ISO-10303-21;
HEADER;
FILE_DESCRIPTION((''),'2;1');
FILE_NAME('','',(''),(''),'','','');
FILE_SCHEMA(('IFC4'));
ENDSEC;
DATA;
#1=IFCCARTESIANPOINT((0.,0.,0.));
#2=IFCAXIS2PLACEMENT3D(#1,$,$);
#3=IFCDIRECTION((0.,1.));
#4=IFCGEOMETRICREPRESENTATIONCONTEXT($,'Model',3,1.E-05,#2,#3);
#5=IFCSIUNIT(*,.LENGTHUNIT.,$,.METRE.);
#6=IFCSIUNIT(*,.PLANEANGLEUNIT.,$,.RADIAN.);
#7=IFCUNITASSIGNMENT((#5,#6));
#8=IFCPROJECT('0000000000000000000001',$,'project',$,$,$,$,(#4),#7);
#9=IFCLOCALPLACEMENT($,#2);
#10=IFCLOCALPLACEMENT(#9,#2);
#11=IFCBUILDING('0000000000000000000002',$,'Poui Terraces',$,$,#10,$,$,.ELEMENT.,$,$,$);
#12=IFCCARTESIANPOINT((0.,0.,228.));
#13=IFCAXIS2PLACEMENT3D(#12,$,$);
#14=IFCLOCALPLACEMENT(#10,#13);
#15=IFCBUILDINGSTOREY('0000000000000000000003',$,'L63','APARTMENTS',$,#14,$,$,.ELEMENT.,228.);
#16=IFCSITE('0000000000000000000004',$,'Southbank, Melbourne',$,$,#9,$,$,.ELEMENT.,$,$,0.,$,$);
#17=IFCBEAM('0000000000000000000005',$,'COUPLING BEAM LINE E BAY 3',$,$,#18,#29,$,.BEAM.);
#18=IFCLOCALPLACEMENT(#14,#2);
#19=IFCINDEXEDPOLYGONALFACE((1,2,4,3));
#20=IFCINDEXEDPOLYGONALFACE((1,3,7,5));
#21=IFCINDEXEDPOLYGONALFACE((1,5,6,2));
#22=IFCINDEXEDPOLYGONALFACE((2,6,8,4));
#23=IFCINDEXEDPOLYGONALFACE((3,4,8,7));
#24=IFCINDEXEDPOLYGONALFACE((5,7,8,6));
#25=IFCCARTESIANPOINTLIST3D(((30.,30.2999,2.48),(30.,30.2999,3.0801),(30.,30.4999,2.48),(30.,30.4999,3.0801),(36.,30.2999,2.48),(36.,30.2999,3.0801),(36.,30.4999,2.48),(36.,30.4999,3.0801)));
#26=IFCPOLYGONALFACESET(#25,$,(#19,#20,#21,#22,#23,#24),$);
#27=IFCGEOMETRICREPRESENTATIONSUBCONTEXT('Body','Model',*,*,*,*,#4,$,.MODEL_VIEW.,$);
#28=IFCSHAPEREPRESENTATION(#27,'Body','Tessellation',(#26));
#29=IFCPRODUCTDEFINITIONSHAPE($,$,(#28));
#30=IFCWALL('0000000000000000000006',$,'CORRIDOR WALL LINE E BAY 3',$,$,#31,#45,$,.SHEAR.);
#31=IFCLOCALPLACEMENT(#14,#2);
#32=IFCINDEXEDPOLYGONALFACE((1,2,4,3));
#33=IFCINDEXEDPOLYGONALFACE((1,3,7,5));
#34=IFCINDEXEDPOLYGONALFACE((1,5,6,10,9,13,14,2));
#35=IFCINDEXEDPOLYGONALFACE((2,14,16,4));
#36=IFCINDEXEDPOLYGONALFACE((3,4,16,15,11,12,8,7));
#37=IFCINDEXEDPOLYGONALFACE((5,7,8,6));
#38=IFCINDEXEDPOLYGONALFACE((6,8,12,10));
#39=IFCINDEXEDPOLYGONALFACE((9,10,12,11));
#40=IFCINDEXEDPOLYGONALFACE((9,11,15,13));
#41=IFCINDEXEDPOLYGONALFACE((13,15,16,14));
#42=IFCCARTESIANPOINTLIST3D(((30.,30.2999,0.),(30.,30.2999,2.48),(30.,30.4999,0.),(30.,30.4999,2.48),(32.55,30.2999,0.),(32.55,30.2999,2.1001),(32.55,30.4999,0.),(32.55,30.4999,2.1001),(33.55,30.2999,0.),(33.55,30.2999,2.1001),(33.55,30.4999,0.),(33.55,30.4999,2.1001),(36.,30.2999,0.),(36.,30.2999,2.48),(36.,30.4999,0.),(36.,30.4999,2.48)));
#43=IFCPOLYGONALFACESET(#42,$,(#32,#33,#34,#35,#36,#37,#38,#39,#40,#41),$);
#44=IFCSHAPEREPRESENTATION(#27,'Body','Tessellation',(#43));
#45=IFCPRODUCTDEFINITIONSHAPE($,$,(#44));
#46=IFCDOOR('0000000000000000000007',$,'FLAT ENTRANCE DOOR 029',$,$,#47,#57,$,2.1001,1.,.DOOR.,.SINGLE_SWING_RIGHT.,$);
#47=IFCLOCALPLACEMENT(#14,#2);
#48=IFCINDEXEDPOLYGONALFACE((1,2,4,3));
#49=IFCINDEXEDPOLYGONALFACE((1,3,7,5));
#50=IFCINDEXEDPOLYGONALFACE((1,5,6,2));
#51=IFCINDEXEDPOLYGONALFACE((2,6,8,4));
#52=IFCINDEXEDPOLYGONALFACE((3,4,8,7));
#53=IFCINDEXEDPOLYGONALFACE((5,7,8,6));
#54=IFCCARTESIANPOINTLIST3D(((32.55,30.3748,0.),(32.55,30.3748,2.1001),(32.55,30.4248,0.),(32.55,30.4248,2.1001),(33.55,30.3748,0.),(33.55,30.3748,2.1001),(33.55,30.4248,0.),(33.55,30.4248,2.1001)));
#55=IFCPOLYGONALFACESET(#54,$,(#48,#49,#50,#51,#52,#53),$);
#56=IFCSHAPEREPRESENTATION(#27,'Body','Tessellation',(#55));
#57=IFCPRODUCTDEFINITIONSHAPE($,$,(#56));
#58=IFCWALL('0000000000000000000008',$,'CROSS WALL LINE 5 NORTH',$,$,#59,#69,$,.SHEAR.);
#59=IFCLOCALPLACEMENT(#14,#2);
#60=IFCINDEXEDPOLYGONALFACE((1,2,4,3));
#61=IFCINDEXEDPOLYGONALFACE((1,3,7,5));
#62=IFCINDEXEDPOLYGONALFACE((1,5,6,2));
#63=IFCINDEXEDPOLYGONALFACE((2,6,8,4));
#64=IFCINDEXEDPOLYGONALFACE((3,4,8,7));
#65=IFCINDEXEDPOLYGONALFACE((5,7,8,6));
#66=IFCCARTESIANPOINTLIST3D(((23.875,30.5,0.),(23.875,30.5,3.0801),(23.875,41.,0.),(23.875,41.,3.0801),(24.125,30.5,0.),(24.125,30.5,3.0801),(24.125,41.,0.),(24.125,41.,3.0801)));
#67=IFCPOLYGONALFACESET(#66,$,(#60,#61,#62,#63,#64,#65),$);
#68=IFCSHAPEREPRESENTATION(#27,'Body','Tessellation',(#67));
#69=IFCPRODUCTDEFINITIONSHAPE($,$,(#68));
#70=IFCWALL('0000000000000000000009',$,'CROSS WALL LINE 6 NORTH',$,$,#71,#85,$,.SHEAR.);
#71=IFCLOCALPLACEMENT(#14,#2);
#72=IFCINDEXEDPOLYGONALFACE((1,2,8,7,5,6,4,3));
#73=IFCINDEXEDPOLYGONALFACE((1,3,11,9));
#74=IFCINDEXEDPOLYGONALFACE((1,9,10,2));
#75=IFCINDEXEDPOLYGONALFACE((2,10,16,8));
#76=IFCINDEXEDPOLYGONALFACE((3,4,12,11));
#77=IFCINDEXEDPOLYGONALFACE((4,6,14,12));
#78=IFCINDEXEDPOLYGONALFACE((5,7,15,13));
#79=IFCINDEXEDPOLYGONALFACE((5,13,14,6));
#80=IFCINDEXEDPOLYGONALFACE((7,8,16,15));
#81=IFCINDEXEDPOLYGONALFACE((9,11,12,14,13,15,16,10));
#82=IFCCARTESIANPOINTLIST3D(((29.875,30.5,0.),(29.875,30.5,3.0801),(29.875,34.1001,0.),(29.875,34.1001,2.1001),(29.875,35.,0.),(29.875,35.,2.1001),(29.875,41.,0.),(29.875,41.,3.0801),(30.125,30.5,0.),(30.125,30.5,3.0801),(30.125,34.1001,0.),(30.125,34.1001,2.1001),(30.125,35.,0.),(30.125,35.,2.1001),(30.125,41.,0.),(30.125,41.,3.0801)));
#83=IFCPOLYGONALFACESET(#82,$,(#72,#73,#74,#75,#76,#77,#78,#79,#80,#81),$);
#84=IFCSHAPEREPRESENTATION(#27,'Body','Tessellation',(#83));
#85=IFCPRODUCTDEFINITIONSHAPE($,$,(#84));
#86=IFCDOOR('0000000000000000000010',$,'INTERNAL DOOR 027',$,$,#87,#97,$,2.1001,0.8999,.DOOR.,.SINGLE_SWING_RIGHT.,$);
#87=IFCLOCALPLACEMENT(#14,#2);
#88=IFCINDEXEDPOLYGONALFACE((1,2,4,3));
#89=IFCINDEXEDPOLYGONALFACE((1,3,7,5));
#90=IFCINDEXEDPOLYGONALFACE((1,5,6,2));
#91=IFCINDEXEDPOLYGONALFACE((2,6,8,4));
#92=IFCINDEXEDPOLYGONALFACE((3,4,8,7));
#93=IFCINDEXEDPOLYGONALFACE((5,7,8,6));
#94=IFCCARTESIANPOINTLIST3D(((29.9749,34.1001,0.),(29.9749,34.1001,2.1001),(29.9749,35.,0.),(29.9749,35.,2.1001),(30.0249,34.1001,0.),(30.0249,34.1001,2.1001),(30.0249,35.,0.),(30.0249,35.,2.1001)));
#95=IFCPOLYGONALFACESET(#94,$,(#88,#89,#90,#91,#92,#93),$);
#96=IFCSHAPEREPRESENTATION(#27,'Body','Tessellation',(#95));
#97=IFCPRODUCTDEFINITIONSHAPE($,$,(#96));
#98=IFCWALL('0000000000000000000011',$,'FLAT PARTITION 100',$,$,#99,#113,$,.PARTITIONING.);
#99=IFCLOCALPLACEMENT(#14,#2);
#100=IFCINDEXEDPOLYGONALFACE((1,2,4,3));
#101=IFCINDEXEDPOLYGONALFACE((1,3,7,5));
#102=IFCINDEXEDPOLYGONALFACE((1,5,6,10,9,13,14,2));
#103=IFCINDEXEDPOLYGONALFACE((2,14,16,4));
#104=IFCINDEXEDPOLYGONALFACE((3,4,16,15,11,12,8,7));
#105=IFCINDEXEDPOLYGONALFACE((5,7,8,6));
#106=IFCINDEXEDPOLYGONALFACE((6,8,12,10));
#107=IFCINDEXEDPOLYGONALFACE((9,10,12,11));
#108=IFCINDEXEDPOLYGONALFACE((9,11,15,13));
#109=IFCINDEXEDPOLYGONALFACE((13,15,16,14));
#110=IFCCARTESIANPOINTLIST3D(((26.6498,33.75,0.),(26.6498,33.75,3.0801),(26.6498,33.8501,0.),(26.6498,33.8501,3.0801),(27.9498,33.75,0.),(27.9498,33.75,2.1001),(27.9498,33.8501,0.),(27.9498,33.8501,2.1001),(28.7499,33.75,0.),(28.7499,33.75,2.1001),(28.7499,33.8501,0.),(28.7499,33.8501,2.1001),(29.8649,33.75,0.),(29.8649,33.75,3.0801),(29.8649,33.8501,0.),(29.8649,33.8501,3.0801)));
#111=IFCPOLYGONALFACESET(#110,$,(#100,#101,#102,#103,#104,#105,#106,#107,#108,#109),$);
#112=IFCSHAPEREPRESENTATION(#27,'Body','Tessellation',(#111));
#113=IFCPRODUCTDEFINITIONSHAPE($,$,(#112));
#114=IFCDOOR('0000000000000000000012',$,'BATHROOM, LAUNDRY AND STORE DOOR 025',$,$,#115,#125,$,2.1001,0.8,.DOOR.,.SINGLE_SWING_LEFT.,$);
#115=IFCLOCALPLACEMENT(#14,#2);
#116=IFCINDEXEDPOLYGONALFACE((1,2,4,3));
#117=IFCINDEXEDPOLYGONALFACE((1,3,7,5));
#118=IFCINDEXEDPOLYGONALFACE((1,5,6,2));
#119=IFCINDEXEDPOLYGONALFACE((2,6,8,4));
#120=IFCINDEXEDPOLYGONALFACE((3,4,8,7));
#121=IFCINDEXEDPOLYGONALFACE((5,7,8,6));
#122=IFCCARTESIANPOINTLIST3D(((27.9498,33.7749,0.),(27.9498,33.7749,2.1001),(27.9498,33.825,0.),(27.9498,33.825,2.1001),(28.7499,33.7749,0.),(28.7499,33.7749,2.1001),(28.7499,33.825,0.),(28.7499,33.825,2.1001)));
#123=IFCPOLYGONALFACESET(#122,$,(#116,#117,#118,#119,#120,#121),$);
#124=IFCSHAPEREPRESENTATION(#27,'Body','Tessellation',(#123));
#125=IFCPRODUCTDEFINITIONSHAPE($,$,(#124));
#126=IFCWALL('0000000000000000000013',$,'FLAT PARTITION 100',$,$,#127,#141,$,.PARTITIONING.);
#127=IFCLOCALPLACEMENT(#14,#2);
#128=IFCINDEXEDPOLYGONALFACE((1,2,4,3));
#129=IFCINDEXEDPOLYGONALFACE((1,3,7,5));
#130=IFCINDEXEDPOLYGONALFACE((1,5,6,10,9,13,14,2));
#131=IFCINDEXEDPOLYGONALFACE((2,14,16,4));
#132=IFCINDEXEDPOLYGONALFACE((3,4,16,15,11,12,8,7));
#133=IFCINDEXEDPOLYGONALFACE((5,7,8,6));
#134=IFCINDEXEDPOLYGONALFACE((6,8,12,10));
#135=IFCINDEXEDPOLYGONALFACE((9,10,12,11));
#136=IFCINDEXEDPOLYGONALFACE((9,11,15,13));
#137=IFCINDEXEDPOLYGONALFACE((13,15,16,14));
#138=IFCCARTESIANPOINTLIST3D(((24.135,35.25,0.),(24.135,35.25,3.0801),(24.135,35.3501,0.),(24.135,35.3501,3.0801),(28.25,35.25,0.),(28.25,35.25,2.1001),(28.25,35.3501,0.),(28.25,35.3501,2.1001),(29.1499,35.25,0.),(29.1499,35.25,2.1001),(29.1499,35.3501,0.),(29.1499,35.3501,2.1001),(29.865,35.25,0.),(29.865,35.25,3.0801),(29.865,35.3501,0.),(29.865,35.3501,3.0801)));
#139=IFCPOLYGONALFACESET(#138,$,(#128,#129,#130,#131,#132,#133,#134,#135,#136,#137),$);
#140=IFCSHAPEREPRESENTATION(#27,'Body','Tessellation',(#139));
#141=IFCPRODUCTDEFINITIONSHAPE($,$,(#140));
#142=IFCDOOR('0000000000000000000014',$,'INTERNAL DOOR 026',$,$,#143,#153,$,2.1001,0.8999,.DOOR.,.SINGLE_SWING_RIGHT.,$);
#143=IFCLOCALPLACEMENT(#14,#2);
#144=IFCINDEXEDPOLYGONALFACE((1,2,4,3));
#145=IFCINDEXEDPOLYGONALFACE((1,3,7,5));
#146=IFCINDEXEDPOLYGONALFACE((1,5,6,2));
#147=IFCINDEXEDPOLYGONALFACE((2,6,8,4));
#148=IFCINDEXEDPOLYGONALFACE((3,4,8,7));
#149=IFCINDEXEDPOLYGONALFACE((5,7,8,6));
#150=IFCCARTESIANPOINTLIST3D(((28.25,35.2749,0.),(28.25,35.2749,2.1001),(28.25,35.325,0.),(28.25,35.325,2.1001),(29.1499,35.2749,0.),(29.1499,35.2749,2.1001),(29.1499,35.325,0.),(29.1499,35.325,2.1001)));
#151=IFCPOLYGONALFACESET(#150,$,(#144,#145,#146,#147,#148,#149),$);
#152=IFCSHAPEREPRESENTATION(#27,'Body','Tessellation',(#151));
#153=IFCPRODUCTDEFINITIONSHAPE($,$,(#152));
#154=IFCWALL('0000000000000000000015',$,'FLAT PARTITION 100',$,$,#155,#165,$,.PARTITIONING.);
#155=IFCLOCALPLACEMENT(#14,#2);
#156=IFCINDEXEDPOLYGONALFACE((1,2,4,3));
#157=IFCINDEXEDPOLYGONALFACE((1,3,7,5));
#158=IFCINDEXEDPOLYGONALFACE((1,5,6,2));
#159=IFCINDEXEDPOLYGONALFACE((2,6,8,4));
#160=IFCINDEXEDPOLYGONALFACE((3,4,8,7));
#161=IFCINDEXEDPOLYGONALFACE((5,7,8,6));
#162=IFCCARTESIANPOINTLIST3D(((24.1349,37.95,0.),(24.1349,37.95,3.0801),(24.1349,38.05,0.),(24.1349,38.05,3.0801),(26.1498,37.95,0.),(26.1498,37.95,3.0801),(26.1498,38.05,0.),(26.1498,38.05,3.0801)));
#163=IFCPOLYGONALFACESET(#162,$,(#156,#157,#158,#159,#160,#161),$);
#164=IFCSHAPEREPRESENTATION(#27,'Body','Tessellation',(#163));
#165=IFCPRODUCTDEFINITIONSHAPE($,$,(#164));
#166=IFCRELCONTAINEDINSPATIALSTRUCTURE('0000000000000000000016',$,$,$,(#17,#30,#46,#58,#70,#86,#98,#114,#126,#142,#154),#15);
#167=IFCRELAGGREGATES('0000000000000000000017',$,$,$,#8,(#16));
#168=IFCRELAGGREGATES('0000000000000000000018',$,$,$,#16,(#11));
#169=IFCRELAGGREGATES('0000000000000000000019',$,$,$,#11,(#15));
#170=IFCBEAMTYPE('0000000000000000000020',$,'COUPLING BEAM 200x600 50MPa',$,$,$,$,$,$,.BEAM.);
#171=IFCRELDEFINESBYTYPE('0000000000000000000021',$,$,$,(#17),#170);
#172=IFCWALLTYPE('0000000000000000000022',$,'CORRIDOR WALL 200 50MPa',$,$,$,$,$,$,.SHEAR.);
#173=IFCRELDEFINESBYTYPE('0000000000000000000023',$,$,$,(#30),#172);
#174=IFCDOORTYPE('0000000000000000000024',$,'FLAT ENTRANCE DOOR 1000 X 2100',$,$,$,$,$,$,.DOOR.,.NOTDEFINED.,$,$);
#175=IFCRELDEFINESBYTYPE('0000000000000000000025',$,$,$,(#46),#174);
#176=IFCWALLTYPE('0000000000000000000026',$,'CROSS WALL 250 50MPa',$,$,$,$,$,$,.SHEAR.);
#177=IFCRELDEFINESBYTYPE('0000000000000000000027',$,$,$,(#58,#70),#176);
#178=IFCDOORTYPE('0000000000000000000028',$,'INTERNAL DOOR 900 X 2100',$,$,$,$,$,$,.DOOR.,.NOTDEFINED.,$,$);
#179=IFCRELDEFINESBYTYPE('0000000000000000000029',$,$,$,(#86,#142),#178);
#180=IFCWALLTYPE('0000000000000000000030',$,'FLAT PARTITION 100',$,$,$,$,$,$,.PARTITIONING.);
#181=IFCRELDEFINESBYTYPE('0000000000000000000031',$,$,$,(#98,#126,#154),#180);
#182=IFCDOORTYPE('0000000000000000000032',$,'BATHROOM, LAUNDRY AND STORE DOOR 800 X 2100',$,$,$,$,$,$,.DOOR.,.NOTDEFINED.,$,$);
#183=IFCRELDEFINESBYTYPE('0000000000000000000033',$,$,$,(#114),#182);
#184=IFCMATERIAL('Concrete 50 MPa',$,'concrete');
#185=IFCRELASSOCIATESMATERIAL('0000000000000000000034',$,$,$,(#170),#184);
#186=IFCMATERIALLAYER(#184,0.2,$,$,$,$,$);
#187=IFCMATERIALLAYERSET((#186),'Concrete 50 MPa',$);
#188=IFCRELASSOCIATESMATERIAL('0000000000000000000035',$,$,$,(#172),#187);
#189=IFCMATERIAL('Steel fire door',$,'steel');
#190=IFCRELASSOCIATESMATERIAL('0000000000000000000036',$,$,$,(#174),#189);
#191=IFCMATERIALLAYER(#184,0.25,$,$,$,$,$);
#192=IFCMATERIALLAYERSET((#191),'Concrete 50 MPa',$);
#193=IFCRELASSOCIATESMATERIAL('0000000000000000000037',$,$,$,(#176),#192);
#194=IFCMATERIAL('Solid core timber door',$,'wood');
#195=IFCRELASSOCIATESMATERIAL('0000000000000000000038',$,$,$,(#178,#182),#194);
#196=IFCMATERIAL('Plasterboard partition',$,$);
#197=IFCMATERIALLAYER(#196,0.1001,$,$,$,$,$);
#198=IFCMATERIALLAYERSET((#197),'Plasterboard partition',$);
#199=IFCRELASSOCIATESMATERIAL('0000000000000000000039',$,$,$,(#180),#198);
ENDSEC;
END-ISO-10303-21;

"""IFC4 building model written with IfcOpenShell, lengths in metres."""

from ifc_helpers import new_model, si_unit, direction, frame, frame_2d, origin, origin_2d, place, context, subcontext, project, spatial, rectangle, extrude, source, transform, mapped, material, layer, layer_set, material_profile, profile_set, type_object, element, fill, save


model = new_model("IFC4")

# Units and contexts
model_context = context("Model", 3, precision=1e-05, world=origin(), true_north=direction((0.0, 1.0)))
body_context = subcontext(model_context, "Body", "Model", "MODEL_VIEW")
ifc_project = project(units=[si_unit("LENGTHUNIT", "METRE"), si_unit("PLANEANGLEUNIT", "RADIAN")], contexts=[model_context])

# Site, building, storey
site_placement = place(None, origin())
site = spatial("IfcSite", under=ifc_project, at=site_placement, Name="Southbank, Melbourne", CompositionType="ELEMENT", RefElevation=0.0)
building_placement = place(site_placement, origin())
building = spatial("IfcBuilding", under=site, at=building_placement, Name="Poui Terraces", CompositionType="ELEMENT")
storey_placement = place(building_placement, frame((0.0, 0.0, 228.0)))
storey = spatial("IfcBuildingStorey", under=building, at=storey_placement, Name="L63", Description="APARTMENTS", CompositionType="ELEMENT", Elevation=228.0)

# Beam
ifc_material_1 = material(Name="Concrete 50 MPa", Category="concrete")
ifc_material_profile = material_profile(ifc_material_1, rectangle(XDim=0.2, YDim=0.6001, at=origin_2d()), Name="RC 200x600")
ifc_profile_set = profile_set([ifc_material_profile], Name="Concrete 50 MPa")
beam_type = type_object("IfcBeamType", Name="COUPLING BEAM 200x600 50MPa", PredefinedType="BEAM", material=ifc_profile_set)
shared_shape_1 = source(origin(), body_context, "Body", "SweptSolid", [
    extrude(rectangle(XDim=0.2, YDim=0.6001, at=origin_2d()), origin(), (0.0, 0.0, 1.0), 6.0),
])
beam_placement = place(storey_placement, frame((30.0, 30.3999, 2.78), z_axis=(1.0, 0.0, 0.0), x_axis=(0.0, 1.0, 0.0)))
element("IfcBeam", 1, at=beam_placement, inside=storey, type_object=beam_type, Name="COUPLING BEAM LINE E BAY 3", PredefinedType="BEAM", context=body_context, shape_type="MappedRepresentation", body=[
    mapped(shared_shape_1, transform((0.0, 0.0, 0.0))),
])

# Wall, opening, door
ifc_layer_1 = layer(ifc_material_1, 0.2)
ifc_layer_set_1 = layer_set([ifc_layer_1], Name="Concrete 50 MPa")
wall_type_1 = type_object("IfcWallType", Name="CORRIDOR WALL 200 50MPa", PredefinedType="SHEAR", material=ifc_layer_set_1)
wall_1_placement = place(storey_placement, frame((30.0, 30.3999, 0.0), z_axis=(0.0, 0.0, 1.0), x_axis=(1.0, 0.0, 0.0)))
wall_1 = element("IfcWall", 2, at=wall_1_placement, inside=storey, type_object=wall_type_1, Name="CORRIDOR WALL LINE E BAY 3", PredefinedType="SHEAR", context=body_context, shape_type="SweptSolid", body=[
    extrude(rectangle(XDim=6.0, YDim=0.2, at=frame_2d((3.0, 0.0))), origin(), (0.0, 0.0, 1.0), 2.48),
])
opening_1_placement = place(wall_1_placement, frame((2.55, 0.0, 0.0)))
opening_1 = element("IfcOpeningElement", 3, at=opening_1_placement, cuts=wall_1, PredefinedType="OPENING", context=body_context, shape_type="SweptSolid", body=[
    extrude(rectangle(XDim=1.0, YDim=2.1001, at=frame_2d((0.5, 1.05))), frame((0.0, 0.1099, 0.0), z_axis=(0.0, -1.0, 0.0), x_axis=(1.0, 0.0, 0.0)), (0.0, 0.0, 1.0), 0.22),
])
ifc_material_2 = material(Name="Steel fire door", Category="steel")
door_type_1 = type_object("IfcDoorType", Name="FLAT ENTRANCE DOOR 1000 X 2100", OperationType="NOTDEFINED", PredefinedType="DOOR", material=ifc_material_2)
door_1_placement = place(opening_1_placement, origin())
door_1 = element("IfcDoor", 4, at=door_1_placement, inside=storey, type_object=door_type_1, Name="FLAT ENTRANCE DOOR 029", OperationType="SINGLE_SWING_RIGHT", OverallHeight=2.1001, OverallWidth=1.0, PredefinedType="DOOR", context=body_context, shape_type="SweptSolid", body=[
    extrude(rectangle(XDim=1.0, YDim=2.1001, at=frame_2d((0.5, 1.05))), frame((0.0, 0.0249, 0.0), z_axis=(0.0, -1.0, 0.0), x_axis=(1.0, 0.0, 0.0)), (0.0, 0.0, 1.0), 0.05),
])
fill(opening_1, door_1)

# Wall
ifc_layer_2 = layer(ifc_material_1, 0.25)
ifc_layer_set_2 = layer_set([ifc_layer_2], Name="Concrete 50 MPa")
wall_type_2 = type_object("IfcWallType", Name="CROSS WALL 250 50MPa", PredefinedType="SHEAR", material=ifc_layer_set_2)
wall_2_placement = place(storey_placement, frame((24.0, 30.5, 0.0), z_axis=(0.0, 0.0, 1.0), x_axis=(0.0, 1.0, 0.0)))
element("IfcWall", 5, at=wall_2_placement, inside=storey, type_object=wall_type_2, Name="CROSS WALL LINE 5 NORTH", PredefinedType="SHEAR", context=body_context, shape_type="SweptSolid", body=[
    extrude(rectangle(XDim=10.5, YDim=0.25, at=frame_2d((5.25, 0.0))), origin(), (0.0, 0.0, 1.0), 3.0801),
])

# Walls, openings, doors
wall_3_placement = place(storey_placement, frame((30.0, 30.5, 0.0), z_axis=(0.0, 0.0, 1.0), x_axis=(0.0, 1.0, 0.0)))
wall_3 = element("IfcWall", 6, at=wall_3_placement, inside=storey, type_object=wall_type_2, Name="CROSS WALL LINE 6 NORTH", PredefinedType="SHEAR", context=body_context, shape_type="SweptSolid", body=[
    extrude(rectangle(XDim=10.5, YDim=0.25, at=frame_2d((5.25, 0.0))), origin(), (0.0, 0.0, 1.0), 3.0801),
])
opening_2_placement = place(wall_3_placement, frame((3.6001, 0.0, 0.0)))
opening_2 = element("IfcOpeningElement", 7, at=opening_2_placement, cuts=wall_3, PredefinedType="OPENING", context=body_context, shape_type="SweptSolid", body=[
    extrude(rectangle(XDim=0.8999, YDim=2.1001, at=frame_2d((0.45, 1.05))), frame((0.0, 0.135, 0.0), z_axis=(0.0, -1.0, 0.0), x_axis=(1.0, 0.0, 0.0)), (0.0, 0.0, 1.0), 0.27),
])
ifc_material_3 = material(Name="Solid core timber door", Category="wood")
door_type_2 = type_object("IfcDoorType", Name="INTERNAL DOOR 900 X 2100", OperationType="NOTDEFINED", PredefinedType="DOOR", material=ifc_material_3)
door_2_placement = place(opening_2_placement, frame((0.8999, 0.0, 0.0), z_axis=(0.0, 0.0, 1.0), x_axis=(-1.0, 0.0, 0.0)))
door_2 = element("IfcDoor", 8, at=door_2_placement, inside=storey, type_object=door_type_2, Name="INTERNAL DOOR 027", OperationType="SINGLE_SWING_RIGHT", OverallHeight=2.1001, OverallWidth=0.8999, PredefinedType="DOOR", context=body_context, shape_type="SweptSolid", body=[
    extrude(rectangle(XDim=0.8999, YDim=2.1001, at=frame_2d((0.45, 1.05))), frame((0.0, 0.0249, 0.0), z_axis=(0.0, -1.0, 0.0), x_axis=(1.0, 0.0, 0.0)), (0.0, 0.0, 1.0), 0.05),
])
fill(opening_2, door_2)
ifc_material_4 = material(Name="Plasterboard partition")
ifc_layer_3 = layer(ifc_material_4, 0.1001)
ifc_layer_set_3 = layer_set([ifc_layer_3], Name="Plasterboard partition")
wall_type_3 = type_object("IfcWallType", Name="FLAT PARTITION 100", PredefinedType="PARTITIONING", material=ifc_layer_set_3)
wall_4_placement = place(storey_placement, frame((26.6499, 33.8, 0.0), z_axis=(0.0, 0.0, 1.0), x_axis=(1.0, 0.0, 0.0)))
wall_4 = element("IfcWall", 9, at=wall_4_placement, inside=storey, type_object=wall_type_3, Name="FLAT PARTITION 100", PredefinedType="PARTITIONING", context=body_context, shape_type="SweptSolid", body=[
    extrude(rectangle(XDim=3.2151, YDim=0.1001, at=frame_2d((1.6074, 0.0))), origin(), (0.0, 0.0, 1.0), 3.0801),
])
opening_3_placement = place(wall_4_placement, frame((1.3, 0.0, 0.0)))
opening_3 = element("IfcOpeningElement", 10, at=opening_3_placement, cuts=wall_4, PredefinedType="OPENING", context=body_context, shape_type="SweptSolid", body=[
    extrude(rectangle(XDim=0.8, YDim=2.1001, at=frame_2d((0.3999, 1.05))), frame((0.0, 0.0601, 0.0), z_axis=(0.0, -1.0, 0.0), x_axis=(1.0, 0.0, 0.0)), (0.0, 0.0, 1.0), 0.1201),
])
door_type_3 = type_object("IfcDoorType", Name="BATHROOM, LAUNDRY AND STORE DOOR 800 X 2100", OperationType="NOTDEFINED", PredefinedType="DOOR", material=ifc_material_3)
door_3_placement = place(opening_3_placement, origin())
door_3 = element("IfcDoor", 11, at=door_3_placement, inside=storey, type_object=door_type_3, Name="BATHROOM, LAUNDRY AND STORE DOOR 025", OperationType="SINGLE_SWING_LEFT", OverallHeight=2.1001, OverallWidth=0.8, PredefinedType="DOOR", context=body_context, shape_type="SweptSolid", body=[
    extrude(rectangle(XDim=0.8, YDim=2.1001, at=frame_2d((0.3999, 1.05))), frame((0.0, 0.0249, 0.0), z_axis=(0.0, -1.0, 0.0), x_axis=(1.0, 0.0, 0.0)), (0.0, 0.0, 1.0), 0.05),
])
fill(opening_3, door_3)
wall_5_placement = place(storey_placement, frame((24.135, 35.3, 0.0), z_axis=(0.0, 0.0, 1.0), x_axis=(1.0, 0.0, 0.0)))
wall_5 = element("IfcWall", 12, at=wall_5_placement, inside=storey, type_object=wall_type_3, Name="FLAT PARTITION 100", PredefinedType="PARTITIONING", context=body_context, shape_type="SweptSolid", body=[
    extrude(rectangle(XDim=5.73, YDim=0.1001, at=frame_2d((2.865, 0.0))), origin(), (0.0, 0.0, 1.0), 3.0801),
])
opening_4_placement = place(wall_5_placement, frame((4.115, 0.0, 0.0)))
opening_4 = element("IfcOpeningElement", 13, at=opening_4_placement, cuts=wall_5, PredefinedType="OPENING", context=body_context, shape_type="SweptSolid", body=[
    extrude(rectangle(XDim=0.8999, YDim=2.1001, at=frame_2d((0.45, 1.05))), frame((0.0, 0.0601, 0.0), z_axis=(0.0, -1.0, 0.0), x_axis=(1.0, 0.0, 0.0)), (0.0, 0.0, 1.0), 0.1201),
])
door_4_placement = place(opening_4_placement, origin())
door_4 = element("IfcDoor", 14, at=door_4_placement, inside=storey, type_object=door_type_2, Name="INTERNAL DOOR 026", OperationType="SINGLE_SWING_RIGHT", OverallHeight=2.1001, OverallWidth=0.8999, PredefinedType="DOOR", context=body_context, shape_type="SweptSolid", body=[
    extrude(rectangle(XDim=0.8999, YDim=2.1001, at=frame_2d((0.45, 1.05))), frame((0.0, 0.0249, 0.0), z_axis=(0.0, -1.0, 0.0), x_axis=(1.0, 0.0, 0.0)), (0.0, 0.0, 1.0), 0.05),
])
fill(opening_4, door_4)

# Wall
wall_6_placement = place(storey_placement, frame((24.135, 38.0, 0.0), z_axis=(0.0, 0.0, 1.0), x_axis=(1.0, 0.0, 0.0)))
element("IfcWall", 15, at=wall_6_placement, inside=storey, type_object=wall_type_3, Name="FLAT PARTITION 100", PredefinedType="PARTITIONING", context=body_context, shape_type="SweptSolid", body=[
    extrude(rectangle(XDim=2.0149, YDim=0.1001, at=frame_2d((1.0073, 0.0))), origin(), (0.0, 0.0, 1.0), 3.0801),
])

save(model, "model.ifc")
